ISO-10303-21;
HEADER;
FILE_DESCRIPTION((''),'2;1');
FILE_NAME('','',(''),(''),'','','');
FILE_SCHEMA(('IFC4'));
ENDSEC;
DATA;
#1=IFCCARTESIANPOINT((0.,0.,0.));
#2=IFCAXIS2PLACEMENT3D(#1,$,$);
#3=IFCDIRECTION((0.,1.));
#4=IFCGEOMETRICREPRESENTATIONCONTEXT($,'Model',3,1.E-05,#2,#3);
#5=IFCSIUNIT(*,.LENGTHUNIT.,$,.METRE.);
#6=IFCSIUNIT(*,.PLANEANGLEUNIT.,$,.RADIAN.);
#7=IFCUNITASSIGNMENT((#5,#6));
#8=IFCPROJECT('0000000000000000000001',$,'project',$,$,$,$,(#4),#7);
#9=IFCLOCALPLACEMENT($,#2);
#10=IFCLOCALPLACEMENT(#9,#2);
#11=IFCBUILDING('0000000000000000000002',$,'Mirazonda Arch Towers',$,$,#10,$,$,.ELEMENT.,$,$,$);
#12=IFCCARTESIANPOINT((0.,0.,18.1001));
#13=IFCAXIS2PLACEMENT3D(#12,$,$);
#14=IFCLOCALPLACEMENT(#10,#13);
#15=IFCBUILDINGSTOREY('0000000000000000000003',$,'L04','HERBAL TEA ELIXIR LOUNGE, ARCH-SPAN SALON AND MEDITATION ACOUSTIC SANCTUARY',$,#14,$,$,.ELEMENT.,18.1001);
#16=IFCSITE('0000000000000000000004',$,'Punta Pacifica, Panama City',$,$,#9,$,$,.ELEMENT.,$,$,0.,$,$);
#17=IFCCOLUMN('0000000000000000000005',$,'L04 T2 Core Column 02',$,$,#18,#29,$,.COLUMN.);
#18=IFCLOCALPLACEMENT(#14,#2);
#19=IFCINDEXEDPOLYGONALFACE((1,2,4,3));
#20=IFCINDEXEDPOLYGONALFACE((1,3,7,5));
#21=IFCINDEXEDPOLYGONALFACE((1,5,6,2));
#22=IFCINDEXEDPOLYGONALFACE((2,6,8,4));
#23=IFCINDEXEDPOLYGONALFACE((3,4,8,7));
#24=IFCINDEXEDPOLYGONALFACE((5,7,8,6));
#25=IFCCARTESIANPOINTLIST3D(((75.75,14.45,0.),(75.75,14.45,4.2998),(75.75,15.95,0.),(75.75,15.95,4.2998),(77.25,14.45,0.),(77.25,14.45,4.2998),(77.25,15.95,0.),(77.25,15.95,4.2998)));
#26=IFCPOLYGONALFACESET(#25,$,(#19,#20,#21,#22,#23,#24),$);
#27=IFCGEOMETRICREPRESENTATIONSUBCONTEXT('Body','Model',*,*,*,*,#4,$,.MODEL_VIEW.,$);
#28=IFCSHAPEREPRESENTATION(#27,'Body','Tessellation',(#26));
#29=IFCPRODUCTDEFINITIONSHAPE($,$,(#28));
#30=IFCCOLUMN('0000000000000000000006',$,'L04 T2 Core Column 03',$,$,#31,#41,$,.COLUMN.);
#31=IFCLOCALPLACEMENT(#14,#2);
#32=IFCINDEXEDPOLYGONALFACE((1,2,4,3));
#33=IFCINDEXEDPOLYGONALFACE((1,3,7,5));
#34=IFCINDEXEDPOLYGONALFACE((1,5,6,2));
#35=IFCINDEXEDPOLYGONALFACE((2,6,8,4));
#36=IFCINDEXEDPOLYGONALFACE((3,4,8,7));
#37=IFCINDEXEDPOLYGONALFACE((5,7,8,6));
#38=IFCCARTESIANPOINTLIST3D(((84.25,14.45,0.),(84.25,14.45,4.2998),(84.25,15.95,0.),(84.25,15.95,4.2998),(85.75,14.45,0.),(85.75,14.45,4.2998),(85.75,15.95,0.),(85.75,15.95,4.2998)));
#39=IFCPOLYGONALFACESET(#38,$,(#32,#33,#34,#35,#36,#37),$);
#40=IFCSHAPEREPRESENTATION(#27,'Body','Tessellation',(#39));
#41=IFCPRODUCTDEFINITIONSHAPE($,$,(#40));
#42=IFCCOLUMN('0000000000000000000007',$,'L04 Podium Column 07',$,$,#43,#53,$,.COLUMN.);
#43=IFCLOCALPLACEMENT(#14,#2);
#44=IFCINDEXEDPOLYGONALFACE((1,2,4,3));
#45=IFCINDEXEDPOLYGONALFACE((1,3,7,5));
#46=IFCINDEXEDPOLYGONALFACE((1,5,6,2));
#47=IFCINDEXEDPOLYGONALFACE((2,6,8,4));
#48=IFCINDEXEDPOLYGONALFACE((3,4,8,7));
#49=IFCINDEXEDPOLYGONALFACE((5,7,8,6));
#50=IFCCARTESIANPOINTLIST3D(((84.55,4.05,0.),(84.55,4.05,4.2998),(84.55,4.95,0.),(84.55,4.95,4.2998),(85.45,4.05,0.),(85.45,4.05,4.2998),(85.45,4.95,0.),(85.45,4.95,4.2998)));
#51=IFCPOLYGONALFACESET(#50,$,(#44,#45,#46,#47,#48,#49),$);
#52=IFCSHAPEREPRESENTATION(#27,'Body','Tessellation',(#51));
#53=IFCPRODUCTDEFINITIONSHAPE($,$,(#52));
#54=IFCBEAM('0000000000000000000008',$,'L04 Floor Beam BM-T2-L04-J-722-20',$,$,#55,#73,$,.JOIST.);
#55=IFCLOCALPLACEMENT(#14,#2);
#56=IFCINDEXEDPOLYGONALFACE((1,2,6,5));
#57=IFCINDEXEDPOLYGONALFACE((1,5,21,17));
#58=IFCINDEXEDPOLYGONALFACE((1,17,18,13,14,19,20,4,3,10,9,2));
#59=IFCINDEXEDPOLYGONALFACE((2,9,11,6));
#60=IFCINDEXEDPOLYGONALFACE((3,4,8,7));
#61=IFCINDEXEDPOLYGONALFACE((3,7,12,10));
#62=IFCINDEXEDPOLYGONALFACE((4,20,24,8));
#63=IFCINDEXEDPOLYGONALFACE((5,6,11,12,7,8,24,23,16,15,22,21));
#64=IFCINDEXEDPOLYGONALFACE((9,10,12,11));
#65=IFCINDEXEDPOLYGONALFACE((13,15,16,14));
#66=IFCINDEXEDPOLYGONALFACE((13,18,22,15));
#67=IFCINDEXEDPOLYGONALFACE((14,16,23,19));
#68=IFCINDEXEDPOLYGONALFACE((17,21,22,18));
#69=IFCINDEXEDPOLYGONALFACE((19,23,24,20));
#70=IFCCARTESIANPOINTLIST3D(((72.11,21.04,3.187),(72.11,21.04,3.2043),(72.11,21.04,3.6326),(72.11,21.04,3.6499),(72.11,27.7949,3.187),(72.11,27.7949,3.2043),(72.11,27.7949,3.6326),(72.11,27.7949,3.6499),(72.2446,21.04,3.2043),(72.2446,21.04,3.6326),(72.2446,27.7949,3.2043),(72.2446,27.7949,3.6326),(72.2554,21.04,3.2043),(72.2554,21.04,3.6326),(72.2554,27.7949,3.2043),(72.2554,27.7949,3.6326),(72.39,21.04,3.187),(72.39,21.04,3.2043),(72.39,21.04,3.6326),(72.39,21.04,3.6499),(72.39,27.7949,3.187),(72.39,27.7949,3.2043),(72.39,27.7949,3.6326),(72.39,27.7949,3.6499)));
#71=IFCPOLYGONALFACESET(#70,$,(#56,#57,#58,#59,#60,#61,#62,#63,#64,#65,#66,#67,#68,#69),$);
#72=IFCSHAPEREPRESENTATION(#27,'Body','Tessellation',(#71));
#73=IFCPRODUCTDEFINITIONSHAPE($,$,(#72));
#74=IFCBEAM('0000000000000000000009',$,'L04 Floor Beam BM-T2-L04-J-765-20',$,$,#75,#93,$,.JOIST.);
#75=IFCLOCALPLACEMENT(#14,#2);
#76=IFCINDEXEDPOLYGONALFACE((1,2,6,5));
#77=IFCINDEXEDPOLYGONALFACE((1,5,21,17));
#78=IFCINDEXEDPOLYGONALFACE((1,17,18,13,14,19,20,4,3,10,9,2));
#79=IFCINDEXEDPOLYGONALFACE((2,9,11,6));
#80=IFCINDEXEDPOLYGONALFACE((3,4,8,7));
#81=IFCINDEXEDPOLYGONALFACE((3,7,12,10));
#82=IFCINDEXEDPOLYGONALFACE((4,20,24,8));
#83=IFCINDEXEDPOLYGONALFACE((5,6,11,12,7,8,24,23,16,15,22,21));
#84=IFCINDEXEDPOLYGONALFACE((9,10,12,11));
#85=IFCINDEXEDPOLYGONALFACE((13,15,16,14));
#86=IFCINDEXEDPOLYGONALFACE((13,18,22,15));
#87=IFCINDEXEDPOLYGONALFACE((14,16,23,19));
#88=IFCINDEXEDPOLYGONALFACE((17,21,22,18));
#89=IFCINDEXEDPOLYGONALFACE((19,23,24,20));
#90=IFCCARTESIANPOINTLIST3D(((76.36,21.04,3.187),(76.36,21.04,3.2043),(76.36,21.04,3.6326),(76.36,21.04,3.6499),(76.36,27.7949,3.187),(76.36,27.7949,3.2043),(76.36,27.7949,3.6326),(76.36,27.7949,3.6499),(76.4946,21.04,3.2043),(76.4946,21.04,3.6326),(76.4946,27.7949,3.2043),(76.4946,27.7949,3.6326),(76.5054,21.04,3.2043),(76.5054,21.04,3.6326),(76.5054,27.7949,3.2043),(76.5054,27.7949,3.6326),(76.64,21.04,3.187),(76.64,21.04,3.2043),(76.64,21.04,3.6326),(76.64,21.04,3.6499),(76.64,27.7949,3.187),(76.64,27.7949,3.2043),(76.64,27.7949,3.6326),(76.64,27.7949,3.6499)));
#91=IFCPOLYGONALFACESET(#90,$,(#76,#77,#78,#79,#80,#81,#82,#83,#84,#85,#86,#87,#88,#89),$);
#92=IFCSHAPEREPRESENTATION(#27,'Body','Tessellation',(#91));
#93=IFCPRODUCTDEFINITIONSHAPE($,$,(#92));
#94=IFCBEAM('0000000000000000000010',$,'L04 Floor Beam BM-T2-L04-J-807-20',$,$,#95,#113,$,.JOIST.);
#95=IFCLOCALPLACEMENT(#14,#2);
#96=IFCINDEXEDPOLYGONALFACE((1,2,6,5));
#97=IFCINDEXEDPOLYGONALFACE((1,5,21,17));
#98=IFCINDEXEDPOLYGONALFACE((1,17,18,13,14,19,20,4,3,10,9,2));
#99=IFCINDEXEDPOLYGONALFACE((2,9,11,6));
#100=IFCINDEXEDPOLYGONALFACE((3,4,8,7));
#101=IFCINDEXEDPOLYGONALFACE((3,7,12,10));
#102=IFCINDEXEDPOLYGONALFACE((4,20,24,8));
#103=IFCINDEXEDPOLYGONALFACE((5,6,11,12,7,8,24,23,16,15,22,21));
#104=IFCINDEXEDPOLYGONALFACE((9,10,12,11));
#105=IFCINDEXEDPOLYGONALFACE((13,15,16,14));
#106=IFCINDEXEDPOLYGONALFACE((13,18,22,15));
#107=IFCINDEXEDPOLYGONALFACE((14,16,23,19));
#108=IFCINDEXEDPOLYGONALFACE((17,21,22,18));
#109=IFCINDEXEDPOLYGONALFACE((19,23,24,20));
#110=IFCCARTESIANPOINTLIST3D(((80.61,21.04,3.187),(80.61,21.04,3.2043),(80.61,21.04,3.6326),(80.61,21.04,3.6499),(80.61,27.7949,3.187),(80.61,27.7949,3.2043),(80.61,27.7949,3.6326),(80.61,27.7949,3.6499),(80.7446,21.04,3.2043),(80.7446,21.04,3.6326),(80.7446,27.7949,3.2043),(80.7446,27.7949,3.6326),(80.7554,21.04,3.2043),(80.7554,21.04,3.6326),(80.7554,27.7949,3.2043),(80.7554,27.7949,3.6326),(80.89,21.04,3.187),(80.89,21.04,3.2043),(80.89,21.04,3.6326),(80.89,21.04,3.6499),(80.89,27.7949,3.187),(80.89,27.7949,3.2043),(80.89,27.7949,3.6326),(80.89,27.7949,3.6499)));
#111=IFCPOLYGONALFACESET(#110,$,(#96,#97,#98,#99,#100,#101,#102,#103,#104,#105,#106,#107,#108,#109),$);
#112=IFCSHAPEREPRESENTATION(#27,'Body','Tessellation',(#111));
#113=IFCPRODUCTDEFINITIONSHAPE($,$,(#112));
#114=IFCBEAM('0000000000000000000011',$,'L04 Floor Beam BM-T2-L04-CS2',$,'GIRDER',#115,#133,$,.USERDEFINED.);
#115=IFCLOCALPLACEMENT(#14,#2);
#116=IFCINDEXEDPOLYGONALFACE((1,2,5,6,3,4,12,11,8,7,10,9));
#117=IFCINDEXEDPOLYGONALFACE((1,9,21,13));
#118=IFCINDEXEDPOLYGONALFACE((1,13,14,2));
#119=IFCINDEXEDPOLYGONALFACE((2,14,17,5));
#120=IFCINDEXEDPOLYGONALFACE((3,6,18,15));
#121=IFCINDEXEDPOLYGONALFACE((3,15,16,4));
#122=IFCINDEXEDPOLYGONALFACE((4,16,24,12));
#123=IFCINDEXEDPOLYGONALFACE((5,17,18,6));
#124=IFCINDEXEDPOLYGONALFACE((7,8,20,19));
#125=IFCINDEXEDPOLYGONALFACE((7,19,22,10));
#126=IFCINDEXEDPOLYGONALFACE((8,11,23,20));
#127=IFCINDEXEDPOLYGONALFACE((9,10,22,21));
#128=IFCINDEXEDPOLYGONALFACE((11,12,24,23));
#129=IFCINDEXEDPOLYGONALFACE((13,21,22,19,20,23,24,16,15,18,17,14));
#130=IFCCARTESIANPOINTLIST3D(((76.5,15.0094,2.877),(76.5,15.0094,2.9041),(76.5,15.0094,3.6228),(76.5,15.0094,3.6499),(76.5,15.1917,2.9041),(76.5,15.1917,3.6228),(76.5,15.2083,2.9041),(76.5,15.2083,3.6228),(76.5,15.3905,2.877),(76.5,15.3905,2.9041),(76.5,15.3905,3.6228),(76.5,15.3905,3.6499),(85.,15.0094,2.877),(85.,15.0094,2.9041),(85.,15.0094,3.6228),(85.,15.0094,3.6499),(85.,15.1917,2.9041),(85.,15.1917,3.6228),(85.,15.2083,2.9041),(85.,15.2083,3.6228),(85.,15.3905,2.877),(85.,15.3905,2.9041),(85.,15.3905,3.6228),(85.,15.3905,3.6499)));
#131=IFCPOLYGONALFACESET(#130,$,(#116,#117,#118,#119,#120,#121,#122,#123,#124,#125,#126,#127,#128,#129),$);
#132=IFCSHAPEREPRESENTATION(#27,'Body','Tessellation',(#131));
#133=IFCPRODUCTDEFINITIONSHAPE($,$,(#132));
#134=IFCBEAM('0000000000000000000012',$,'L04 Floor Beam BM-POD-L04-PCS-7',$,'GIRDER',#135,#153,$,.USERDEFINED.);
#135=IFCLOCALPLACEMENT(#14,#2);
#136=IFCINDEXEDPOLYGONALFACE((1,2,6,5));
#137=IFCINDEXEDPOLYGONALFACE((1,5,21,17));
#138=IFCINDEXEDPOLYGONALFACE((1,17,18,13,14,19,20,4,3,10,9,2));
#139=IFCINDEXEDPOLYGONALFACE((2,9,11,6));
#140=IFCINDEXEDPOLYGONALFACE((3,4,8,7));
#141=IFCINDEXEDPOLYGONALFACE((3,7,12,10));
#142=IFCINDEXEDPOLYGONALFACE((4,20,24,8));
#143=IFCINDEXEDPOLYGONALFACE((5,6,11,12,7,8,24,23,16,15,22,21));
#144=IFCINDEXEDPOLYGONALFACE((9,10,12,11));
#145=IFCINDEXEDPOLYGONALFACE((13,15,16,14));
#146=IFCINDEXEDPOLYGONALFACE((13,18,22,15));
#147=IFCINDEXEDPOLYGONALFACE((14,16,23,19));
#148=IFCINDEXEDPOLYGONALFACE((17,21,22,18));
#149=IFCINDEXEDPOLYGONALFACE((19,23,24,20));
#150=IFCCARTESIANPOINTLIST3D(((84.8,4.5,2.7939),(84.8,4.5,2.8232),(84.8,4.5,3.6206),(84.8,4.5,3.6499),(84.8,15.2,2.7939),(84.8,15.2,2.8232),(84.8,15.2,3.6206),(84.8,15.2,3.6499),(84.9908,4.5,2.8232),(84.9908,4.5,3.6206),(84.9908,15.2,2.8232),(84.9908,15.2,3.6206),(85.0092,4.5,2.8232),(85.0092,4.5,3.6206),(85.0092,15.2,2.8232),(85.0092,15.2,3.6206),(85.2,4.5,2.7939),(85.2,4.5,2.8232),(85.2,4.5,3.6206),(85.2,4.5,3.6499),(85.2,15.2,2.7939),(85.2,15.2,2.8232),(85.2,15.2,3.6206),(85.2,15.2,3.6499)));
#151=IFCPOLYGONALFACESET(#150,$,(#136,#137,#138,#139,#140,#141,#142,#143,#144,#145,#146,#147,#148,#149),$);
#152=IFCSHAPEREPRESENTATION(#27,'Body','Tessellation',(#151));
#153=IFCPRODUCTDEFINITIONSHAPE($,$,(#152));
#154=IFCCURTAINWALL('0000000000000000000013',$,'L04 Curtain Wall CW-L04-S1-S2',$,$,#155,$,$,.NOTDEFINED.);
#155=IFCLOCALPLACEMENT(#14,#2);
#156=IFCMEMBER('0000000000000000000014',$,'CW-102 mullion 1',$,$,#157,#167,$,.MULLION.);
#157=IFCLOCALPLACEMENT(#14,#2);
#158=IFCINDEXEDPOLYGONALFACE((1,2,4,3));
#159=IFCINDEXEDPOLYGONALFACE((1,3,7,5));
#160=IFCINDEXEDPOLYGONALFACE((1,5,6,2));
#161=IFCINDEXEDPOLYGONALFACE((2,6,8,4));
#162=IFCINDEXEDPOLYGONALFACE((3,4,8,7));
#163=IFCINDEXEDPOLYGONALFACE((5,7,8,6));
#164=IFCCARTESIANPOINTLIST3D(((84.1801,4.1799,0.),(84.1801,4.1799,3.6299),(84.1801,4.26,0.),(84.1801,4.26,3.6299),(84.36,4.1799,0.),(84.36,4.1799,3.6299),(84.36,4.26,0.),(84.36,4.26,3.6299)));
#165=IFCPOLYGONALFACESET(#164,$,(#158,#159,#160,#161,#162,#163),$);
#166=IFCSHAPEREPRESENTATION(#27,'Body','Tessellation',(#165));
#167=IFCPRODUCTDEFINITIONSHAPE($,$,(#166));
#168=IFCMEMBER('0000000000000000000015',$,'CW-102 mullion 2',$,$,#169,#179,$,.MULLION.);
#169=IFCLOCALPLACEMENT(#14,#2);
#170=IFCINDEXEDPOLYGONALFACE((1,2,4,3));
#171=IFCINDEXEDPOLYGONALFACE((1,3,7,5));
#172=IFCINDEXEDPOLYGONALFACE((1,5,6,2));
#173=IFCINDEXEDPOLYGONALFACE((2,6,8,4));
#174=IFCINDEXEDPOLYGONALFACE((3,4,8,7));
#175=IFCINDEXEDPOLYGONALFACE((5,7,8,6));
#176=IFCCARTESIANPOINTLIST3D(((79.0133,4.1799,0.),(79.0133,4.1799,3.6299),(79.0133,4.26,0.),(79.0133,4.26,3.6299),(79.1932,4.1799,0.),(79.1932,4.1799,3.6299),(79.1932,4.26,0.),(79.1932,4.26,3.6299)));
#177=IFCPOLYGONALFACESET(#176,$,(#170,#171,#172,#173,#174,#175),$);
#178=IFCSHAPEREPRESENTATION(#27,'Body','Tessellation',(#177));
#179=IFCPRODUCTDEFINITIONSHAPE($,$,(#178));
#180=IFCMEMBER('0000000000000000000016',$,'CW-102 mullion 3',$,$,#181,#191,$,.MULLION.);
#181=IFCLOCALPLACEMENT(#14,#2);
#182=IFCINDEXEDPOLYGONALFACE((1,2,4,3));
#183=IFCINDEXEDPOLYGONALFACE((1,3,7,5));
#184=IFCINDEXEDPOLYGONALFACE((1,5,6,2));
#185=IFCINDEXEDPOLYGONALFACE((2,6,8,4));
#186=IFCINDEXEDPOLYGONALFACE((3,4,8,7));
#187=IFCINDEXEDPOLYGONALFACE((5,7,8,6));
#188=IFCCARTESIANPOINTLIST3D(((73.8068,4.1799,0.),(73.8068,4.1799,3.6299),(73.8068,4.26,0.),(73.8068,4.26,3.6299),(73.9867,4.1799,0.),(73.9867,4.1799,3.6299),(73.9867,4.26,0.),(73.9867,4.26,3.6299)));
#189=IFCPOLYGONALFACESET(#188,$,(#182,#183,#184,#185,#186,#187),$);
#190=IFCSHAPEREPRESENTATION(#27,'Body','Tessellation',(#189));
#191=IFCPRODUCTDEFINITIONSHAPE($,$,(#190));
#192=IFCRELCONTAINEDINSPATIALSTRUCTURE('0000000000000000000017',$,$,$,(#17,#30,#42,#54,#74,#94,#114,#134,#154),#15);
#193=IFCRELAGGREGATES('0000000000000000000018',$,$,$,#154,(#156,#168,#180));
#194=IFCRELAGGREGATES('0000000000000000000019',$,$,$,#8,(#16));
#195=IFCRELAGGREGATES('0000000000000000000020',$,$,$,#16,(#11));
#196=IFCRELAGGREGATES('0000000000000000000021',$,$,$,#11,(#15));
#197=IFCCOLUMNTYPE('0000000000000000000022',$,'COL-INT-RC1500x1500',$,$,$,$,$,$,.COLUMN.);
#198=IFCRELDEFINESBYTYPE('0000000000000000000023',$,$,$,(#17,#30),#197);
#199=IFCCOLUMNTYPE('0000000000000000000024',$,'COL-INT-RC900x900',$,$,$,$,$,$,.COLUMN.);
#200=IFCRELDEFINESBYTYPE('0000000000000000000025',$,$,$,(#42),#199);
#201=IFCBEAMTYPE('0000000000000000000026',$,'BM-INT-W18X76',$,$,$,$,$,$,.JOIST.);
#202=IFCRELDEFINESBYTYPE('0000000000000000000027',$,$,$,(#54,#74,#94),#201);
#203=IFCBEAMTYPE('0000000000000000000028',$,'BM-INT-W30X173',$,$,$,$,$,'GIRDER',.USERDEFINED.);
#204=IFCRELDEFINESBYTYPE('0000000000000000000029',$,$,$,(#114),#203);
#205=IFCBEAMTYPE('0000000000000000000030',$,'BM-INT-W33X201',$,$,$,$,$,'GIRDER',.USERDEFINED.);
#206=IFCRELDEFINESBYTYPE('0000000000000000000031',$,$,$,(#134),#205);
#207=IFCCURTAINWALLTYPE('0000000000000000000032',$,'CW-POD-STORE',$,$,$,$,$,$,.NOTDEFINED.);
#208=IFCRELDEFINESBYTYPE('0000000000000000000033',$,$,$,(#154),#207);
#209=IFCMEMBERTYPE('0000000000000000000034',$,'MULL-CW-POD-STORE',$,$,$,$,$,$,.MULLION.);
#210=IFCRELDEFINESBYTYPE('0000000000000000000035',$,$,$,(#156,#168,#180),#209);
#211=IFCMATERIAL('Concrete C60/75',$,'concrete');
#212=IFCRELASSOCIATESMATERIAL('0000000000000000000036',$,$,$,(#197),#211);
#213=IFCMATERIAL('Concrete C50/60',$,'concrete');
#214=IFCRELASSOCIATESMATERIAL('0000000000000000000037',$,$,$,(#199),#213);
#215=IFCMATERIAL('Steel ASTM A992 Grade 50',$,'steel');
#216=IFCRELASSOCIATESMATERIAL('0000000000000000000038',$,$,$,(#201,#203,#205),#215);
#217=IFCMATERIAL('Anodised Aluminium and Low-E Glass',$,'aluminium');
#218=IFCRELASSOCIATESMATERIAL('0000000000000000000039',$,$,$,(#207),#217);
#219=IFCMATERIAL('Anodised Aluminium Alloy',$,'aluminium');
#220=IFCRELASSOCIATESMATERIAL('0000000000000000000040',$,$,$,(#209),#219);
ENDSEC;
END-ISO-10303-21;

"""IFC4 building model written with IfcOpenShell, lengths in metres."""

from ifc_helpers import new_model, si_unit, direction, frame, origin, origin_2d, place, context, subcontext, project, spatial, rectangle, i_section, extrude, material, material_profile, profile_set, type_object, element, aggregate, save


model = new_model("IFC4")

# Units and contexts
model_context = context("Model", 3, precision=1e-05, world=origin(), true_north=direction((0.0, 1.0)))
body_context = subcontext(model_context, "Body", "Model", "MODEL_VIEW")
ifc_project = project(units=[si_unit("LENGTHUNIT", "METRE"), si_unit("PLANEANGLEUNIT", "RADIAN")], contexts=[model_context])

# Site, building, storey
site_placement = place(None, origin())
site = spatial("IfcSite", under=ifc_project, at=site_placement, Name="Punta Pacifica, Panama City", CompositionType="ELEMENT", RefElevation=0.0)
building_placement = place(site_placement, origin())
building = spatial("IfcBuilding", under=site, at=building_placement, Name="Mirazonda Arch Towers", CompositionType="ELEMENT")
storey_placement = place(building_placement, frame((0.0, 0.0, 18.1001)))
storey = spatial("IfcBuildingStorey", under=building, at=storey_placement, Name="L04", Description="HERBAL TEA ELIXIR LOUNGE, ARCH-SPAN SALON AND MEDITATION ACOUSTIC SANCTUARY", CompositionType="ELEMENT", Elevation=18.1001)

# Columns
ifc_material_1 = material(Name="Concrete C60/75", Category="concrete")
ifc_material_profile_1 = material_profile(ifc_material_1, rectangle(XDim=1.5, YDim=1.5, at=origin_2d()), Name="RC1500x1500")
ifc_profile_set_1 = profile_set([ifc_material_profile_1], Name="Concrete C60/75")
column_type_1 = type_object("IfcColumnType", Name="COL-INT-RC1500x1500", PredefinedType="COLUMN", material=ifc_profile_set_1)
for number, where, z_axis, x_axis, name in (
    (1, (76.5, 15.2, 0.0), (0.0, 0.0, 1.0), (1.0, 0.0, 0.0), "L04 T2 Core Column 02"),
    (2, (85.0, 15.2, 0.0), (0.0, 0.0, 1.0), (1.0, 0.0, 0.0), "L04 T2 Core Column 03"),
):
    element("IfcColumn", number, at=place(storey_placement, frame(where, z_axis=z_axis, x_axis=x_axis)), inside=storey, type_object=column_type_1, Name=name, PredefinedType="COLUMN", context=body_context, shape_type="SweptSolid", body=[
        extrude(rectangle(XDim=1.5, YDim=1.5, at=origin_2d()), origin(), (0.0, 0.0, 1.0), 4.2998),
    ])
ifc_material_2 = material(Name="Concrete C50/60", Category="concrete")
ifc_material_profile_2 = material_profile(ifc_material_2, rectangle(XDim=0.8999, YDim=0.8999, at=origin_2d()), Name="RC900x900")
ifc_profile_set_2 = profile_set([ifc_material_profile_2], Name="Concrete C50/60")
column_type_2 = type_object("IfcColumnType", Name="COL-INT-RC900x900", PredefinedType="COLUMN", material=ifc_profile_set_2)
column_placement = place(storey_placement, frame((85.0, 4.5, 0.0), z_axis=(0.0, 0.0, 1.0), x_axis=(1.0, 0.0, 0.0)))
element("IfcColumn", 3, at=column_placement, inside=storey, type_object=column_type_2, Name="L04 Podium Column 07", PredefinedType="COLUMN", context=body_context, shape_type="SweptSolid", body=[
    extrude(rectangle(XDim=0.8999, YDim=0.8999, at=origin_2d()), origin(), (0.0, 0.0, 1.0), 4.2998),
])

# Beams
ifc_material_3 = material(Name="Steel ASTM A992 Grade 50", Category="steel")
ifc_material_profile_3 = material_profile(ifc_material_3, i_section(OverallWidth=0.28, OverallDepth=0.4629, WebThickness=0.0107, FlangeThickness=0.0173, at=origin_2d()), Name="W18X76")
ifc_profile_set_3 = profile_set([ifc_material_profile_3], Name="Steel ASTM A992 Grade 50")
beam_type_1 = type_object("IfcBeamType", Name="BM-INT-W18X76", PredefinedType="JOIST", material=ifc_profile_set_3)
for number, where, z_axis, x_axis, name in (
    (4, (72.25, 21.04, 3.4185), (0.0, 1.0, 0.0), (-1.0, 0.0, 0.0), "L04 Floor Beam BM-T2-L04-J-722-20"),
    (5, (76.5, 21.04, 3.4185), (0.0, 1.0, 0.0), (-1.0, 0.0, 0.0), "L04 Floor Beam BM-T2-L04-J-765-20"),
    (6, (80.75, 21.04, 3.4185), (0.0, 1.0, 0.0), (-1.0, 0.0, 0.0), "L04 Floor Beam BM-T2-L04-J-807-20"),
):
    element("IfcBeam", number, at=place(storey_placement, frame(where, z_axis=z_axis, x_axis=x_axis)), inside=storey, type_object=beam_type_1, Name=name, PredefinedType="JOIST", context=body_context, shape_type="SweptSolid", body=[
        extrude(i_section(OverallWidth=0.28, OverallDepth=0.4629, WebThickness=0.0107, FlangeThickness=0.0173, at=origin_2d()), origin(), (0.0, 0.0, 1.0), 6.7549),
    ])
ifc_material_profile_4 = material_profile(ifc_material_3, i_section(OverallWidth=0.3811, OverallDepth=0.7729, WebThickness=0.0166, FlangeThickness=0.0271, at=origin_2d()), Name="W30X173")
ifc_profile_set_4 = profile_set([ifc_material_profile_4], Name="Steel ASTM A992 Grade 50")
beam_type_2 = type_object("IfcBeamType", Name="BM-INT-W30X173", ElementType="GIRDER", PredefinedType="USERDEFINED", material=ifc_profile_set_4)
beam_1_placement = place(storey_placement, frame((76.5, 15.2, 3.2634), z_axis=(1.0, 0.0, 0.0), x_axis=(0.0, 1.0, 0.0)))
element("IfcBeam", 7, at=beam_1_placement, inside=storey, type_object=beam_type_2, Name="L04 Floor Beam BM-T2-L04-CS2", ObjectType="GIRDER", PredefinedType="USERDEFINED", context=body_context, shape_type="SweptSolid", body=[
    extrude(i_section(OverallWidth=0.3811, OverallDepth=0.7729, WebThickness=0.0166, FlangeThickness=0.0271, at=origin_2d()), origin(), (0.0, 0.0, 1.0), 8.5),
])
ifc_material_profile_5 = material_profile(ifc_material_3, i_section(OverallWidth=0.3999, OverallDepth=0.856, WebThickness=0.0183, FlangeThickness=0.0293, at=origin_2d()), Name="W33X201")
ifc_profile_set_5 = profile_set([ifc_material_profile_5], Name="Steel ASTM A992 Grade 50")
beam_type_3 = type_object("IfcBeamType", Name="BM-INT-W33X201", ElementType="GIRDER", PredefinedType="USERDEFINED", material=ifc_profile_set_5)
beam_2_placement = place(storey_placement, frame((85.0, 4.5, 3.2219), z_axis=(0.0, 1.0, 0.0), x_axis=(-1.0, 0.0, 0.0)))
element("IfcBeam", 8, at=beam_2_placement, inside=storey, type_object=beam_type_3, Name="L04 Floor Beam BM-POD-L04-PCS-7", ObjectType="GIRDER", PredefinedType="USERDEFINED", context=body_context, shape_type="SweptSolid", body=[
    extrude(i_section(OverallWidth=0.3999, OverallDepth=0.856, WebThickness=0.0183, FlangeThickness=0.0293, at=origin_2d()), origin(), (0.0, 0.0, 1.0), 10.7),
])

# Curtain wall, members
ifc_material_4 = material(Name="Anodised Aluminium and Low-E Glass", Category="aluminium")
curtain_wall_type = type_object("IfcCurtainWallType", Name="CW-POD-STORE", PredefinedType="NOTDEFINED", material=ifc_material_4)
curtain_wall_placement = place(storey_placement, origin())
curtain_wall = element("IfcCurtainWall", 9, at=curtain_wall_placement, inside=storey, type_object=curtain_wall_type, Name="L04 Curtain Wall CW-L04-S1-S2", PredefinedType="NOTDEFINED")
ifc_material_5 = material(Name="Anodised Aluminium Alloy", Category="aluminium")
ifc_material_profile_6 = material_profile(ifc_material_5, rectangle(XDim=0.0801, YDim=0.1799, at=origin_2d()), Name="ALU-MULL-80x180")
ifc_profile_set_6 = profile_set([ifc_material_profile_6], Name="Anodised Aluminium Alloy")
member_type_1 = type_object("IfcMemberType", Name="MULL-CW-POD-STORE", PredefinedType="MULLION", material=ifc_profile_set_6)
member_1_placement = place(storey_placement, frame((84.27, 4.22, 0.0), z_axis=(0.0, 0.0, 1.0), x_axis=(0.0, -1.0, 0.0)))
member_1 = element("IfcMember", 10, at=member_1_placement, type_object=member_type_1, Name="CW-102 mullion 1", PredefinedType="MULLION", context=body_context, shape_type="SweptSolid", body=[
    extrude(rectangle(XDim=0.0801, YDim=0.1799, at=origin_2d()), origin(), (0.0, 0.0, 1.0), 3.6299),
])
member_2_placement = place(storey_placement, frame((79.1033, 4.22, 0.0), z_axis=(0.0, 0.0, 1.0), x_axis=(0.0, -1.0, 0.0)))
member_2 = element("IfcMember", 11, at=member_2_placement, type_object=member_type_1, Name="CW-102 mullion 2", PredefinedType="MULLION", context=body_context, shape_type="SweptSolid", body=[
    extrude(rectangle(XDim=0.0801, YDim=0.1799, at=origin_2d()), origin(), (0.0, 0.0, 1.0), 3.6299),
])
member_3_placement = place(storey_placement, frame((73.8967, 4.22, 0.0), z_axis=(0.0, 0.0, 1.0), x_axis=(0.0, -1.0, 0.0)))
member_3 = element("IfcMember", 12, at=member_3_placement, type_object=member_type_1, Name="CW-102 mullion 3", PredefinedType="MULLION", context=body_context, shape_type="SweptSolid", body=[
    extrude(rectangle(XDim=0.0801, YDim=0.1799, at=origin_2d()), origin(), (0.0, 0.0, 1.0), 3.6299),
])
aggregate(curtain_wall, [member_1, member_2, member_3])

save(model, "model.ifc")
